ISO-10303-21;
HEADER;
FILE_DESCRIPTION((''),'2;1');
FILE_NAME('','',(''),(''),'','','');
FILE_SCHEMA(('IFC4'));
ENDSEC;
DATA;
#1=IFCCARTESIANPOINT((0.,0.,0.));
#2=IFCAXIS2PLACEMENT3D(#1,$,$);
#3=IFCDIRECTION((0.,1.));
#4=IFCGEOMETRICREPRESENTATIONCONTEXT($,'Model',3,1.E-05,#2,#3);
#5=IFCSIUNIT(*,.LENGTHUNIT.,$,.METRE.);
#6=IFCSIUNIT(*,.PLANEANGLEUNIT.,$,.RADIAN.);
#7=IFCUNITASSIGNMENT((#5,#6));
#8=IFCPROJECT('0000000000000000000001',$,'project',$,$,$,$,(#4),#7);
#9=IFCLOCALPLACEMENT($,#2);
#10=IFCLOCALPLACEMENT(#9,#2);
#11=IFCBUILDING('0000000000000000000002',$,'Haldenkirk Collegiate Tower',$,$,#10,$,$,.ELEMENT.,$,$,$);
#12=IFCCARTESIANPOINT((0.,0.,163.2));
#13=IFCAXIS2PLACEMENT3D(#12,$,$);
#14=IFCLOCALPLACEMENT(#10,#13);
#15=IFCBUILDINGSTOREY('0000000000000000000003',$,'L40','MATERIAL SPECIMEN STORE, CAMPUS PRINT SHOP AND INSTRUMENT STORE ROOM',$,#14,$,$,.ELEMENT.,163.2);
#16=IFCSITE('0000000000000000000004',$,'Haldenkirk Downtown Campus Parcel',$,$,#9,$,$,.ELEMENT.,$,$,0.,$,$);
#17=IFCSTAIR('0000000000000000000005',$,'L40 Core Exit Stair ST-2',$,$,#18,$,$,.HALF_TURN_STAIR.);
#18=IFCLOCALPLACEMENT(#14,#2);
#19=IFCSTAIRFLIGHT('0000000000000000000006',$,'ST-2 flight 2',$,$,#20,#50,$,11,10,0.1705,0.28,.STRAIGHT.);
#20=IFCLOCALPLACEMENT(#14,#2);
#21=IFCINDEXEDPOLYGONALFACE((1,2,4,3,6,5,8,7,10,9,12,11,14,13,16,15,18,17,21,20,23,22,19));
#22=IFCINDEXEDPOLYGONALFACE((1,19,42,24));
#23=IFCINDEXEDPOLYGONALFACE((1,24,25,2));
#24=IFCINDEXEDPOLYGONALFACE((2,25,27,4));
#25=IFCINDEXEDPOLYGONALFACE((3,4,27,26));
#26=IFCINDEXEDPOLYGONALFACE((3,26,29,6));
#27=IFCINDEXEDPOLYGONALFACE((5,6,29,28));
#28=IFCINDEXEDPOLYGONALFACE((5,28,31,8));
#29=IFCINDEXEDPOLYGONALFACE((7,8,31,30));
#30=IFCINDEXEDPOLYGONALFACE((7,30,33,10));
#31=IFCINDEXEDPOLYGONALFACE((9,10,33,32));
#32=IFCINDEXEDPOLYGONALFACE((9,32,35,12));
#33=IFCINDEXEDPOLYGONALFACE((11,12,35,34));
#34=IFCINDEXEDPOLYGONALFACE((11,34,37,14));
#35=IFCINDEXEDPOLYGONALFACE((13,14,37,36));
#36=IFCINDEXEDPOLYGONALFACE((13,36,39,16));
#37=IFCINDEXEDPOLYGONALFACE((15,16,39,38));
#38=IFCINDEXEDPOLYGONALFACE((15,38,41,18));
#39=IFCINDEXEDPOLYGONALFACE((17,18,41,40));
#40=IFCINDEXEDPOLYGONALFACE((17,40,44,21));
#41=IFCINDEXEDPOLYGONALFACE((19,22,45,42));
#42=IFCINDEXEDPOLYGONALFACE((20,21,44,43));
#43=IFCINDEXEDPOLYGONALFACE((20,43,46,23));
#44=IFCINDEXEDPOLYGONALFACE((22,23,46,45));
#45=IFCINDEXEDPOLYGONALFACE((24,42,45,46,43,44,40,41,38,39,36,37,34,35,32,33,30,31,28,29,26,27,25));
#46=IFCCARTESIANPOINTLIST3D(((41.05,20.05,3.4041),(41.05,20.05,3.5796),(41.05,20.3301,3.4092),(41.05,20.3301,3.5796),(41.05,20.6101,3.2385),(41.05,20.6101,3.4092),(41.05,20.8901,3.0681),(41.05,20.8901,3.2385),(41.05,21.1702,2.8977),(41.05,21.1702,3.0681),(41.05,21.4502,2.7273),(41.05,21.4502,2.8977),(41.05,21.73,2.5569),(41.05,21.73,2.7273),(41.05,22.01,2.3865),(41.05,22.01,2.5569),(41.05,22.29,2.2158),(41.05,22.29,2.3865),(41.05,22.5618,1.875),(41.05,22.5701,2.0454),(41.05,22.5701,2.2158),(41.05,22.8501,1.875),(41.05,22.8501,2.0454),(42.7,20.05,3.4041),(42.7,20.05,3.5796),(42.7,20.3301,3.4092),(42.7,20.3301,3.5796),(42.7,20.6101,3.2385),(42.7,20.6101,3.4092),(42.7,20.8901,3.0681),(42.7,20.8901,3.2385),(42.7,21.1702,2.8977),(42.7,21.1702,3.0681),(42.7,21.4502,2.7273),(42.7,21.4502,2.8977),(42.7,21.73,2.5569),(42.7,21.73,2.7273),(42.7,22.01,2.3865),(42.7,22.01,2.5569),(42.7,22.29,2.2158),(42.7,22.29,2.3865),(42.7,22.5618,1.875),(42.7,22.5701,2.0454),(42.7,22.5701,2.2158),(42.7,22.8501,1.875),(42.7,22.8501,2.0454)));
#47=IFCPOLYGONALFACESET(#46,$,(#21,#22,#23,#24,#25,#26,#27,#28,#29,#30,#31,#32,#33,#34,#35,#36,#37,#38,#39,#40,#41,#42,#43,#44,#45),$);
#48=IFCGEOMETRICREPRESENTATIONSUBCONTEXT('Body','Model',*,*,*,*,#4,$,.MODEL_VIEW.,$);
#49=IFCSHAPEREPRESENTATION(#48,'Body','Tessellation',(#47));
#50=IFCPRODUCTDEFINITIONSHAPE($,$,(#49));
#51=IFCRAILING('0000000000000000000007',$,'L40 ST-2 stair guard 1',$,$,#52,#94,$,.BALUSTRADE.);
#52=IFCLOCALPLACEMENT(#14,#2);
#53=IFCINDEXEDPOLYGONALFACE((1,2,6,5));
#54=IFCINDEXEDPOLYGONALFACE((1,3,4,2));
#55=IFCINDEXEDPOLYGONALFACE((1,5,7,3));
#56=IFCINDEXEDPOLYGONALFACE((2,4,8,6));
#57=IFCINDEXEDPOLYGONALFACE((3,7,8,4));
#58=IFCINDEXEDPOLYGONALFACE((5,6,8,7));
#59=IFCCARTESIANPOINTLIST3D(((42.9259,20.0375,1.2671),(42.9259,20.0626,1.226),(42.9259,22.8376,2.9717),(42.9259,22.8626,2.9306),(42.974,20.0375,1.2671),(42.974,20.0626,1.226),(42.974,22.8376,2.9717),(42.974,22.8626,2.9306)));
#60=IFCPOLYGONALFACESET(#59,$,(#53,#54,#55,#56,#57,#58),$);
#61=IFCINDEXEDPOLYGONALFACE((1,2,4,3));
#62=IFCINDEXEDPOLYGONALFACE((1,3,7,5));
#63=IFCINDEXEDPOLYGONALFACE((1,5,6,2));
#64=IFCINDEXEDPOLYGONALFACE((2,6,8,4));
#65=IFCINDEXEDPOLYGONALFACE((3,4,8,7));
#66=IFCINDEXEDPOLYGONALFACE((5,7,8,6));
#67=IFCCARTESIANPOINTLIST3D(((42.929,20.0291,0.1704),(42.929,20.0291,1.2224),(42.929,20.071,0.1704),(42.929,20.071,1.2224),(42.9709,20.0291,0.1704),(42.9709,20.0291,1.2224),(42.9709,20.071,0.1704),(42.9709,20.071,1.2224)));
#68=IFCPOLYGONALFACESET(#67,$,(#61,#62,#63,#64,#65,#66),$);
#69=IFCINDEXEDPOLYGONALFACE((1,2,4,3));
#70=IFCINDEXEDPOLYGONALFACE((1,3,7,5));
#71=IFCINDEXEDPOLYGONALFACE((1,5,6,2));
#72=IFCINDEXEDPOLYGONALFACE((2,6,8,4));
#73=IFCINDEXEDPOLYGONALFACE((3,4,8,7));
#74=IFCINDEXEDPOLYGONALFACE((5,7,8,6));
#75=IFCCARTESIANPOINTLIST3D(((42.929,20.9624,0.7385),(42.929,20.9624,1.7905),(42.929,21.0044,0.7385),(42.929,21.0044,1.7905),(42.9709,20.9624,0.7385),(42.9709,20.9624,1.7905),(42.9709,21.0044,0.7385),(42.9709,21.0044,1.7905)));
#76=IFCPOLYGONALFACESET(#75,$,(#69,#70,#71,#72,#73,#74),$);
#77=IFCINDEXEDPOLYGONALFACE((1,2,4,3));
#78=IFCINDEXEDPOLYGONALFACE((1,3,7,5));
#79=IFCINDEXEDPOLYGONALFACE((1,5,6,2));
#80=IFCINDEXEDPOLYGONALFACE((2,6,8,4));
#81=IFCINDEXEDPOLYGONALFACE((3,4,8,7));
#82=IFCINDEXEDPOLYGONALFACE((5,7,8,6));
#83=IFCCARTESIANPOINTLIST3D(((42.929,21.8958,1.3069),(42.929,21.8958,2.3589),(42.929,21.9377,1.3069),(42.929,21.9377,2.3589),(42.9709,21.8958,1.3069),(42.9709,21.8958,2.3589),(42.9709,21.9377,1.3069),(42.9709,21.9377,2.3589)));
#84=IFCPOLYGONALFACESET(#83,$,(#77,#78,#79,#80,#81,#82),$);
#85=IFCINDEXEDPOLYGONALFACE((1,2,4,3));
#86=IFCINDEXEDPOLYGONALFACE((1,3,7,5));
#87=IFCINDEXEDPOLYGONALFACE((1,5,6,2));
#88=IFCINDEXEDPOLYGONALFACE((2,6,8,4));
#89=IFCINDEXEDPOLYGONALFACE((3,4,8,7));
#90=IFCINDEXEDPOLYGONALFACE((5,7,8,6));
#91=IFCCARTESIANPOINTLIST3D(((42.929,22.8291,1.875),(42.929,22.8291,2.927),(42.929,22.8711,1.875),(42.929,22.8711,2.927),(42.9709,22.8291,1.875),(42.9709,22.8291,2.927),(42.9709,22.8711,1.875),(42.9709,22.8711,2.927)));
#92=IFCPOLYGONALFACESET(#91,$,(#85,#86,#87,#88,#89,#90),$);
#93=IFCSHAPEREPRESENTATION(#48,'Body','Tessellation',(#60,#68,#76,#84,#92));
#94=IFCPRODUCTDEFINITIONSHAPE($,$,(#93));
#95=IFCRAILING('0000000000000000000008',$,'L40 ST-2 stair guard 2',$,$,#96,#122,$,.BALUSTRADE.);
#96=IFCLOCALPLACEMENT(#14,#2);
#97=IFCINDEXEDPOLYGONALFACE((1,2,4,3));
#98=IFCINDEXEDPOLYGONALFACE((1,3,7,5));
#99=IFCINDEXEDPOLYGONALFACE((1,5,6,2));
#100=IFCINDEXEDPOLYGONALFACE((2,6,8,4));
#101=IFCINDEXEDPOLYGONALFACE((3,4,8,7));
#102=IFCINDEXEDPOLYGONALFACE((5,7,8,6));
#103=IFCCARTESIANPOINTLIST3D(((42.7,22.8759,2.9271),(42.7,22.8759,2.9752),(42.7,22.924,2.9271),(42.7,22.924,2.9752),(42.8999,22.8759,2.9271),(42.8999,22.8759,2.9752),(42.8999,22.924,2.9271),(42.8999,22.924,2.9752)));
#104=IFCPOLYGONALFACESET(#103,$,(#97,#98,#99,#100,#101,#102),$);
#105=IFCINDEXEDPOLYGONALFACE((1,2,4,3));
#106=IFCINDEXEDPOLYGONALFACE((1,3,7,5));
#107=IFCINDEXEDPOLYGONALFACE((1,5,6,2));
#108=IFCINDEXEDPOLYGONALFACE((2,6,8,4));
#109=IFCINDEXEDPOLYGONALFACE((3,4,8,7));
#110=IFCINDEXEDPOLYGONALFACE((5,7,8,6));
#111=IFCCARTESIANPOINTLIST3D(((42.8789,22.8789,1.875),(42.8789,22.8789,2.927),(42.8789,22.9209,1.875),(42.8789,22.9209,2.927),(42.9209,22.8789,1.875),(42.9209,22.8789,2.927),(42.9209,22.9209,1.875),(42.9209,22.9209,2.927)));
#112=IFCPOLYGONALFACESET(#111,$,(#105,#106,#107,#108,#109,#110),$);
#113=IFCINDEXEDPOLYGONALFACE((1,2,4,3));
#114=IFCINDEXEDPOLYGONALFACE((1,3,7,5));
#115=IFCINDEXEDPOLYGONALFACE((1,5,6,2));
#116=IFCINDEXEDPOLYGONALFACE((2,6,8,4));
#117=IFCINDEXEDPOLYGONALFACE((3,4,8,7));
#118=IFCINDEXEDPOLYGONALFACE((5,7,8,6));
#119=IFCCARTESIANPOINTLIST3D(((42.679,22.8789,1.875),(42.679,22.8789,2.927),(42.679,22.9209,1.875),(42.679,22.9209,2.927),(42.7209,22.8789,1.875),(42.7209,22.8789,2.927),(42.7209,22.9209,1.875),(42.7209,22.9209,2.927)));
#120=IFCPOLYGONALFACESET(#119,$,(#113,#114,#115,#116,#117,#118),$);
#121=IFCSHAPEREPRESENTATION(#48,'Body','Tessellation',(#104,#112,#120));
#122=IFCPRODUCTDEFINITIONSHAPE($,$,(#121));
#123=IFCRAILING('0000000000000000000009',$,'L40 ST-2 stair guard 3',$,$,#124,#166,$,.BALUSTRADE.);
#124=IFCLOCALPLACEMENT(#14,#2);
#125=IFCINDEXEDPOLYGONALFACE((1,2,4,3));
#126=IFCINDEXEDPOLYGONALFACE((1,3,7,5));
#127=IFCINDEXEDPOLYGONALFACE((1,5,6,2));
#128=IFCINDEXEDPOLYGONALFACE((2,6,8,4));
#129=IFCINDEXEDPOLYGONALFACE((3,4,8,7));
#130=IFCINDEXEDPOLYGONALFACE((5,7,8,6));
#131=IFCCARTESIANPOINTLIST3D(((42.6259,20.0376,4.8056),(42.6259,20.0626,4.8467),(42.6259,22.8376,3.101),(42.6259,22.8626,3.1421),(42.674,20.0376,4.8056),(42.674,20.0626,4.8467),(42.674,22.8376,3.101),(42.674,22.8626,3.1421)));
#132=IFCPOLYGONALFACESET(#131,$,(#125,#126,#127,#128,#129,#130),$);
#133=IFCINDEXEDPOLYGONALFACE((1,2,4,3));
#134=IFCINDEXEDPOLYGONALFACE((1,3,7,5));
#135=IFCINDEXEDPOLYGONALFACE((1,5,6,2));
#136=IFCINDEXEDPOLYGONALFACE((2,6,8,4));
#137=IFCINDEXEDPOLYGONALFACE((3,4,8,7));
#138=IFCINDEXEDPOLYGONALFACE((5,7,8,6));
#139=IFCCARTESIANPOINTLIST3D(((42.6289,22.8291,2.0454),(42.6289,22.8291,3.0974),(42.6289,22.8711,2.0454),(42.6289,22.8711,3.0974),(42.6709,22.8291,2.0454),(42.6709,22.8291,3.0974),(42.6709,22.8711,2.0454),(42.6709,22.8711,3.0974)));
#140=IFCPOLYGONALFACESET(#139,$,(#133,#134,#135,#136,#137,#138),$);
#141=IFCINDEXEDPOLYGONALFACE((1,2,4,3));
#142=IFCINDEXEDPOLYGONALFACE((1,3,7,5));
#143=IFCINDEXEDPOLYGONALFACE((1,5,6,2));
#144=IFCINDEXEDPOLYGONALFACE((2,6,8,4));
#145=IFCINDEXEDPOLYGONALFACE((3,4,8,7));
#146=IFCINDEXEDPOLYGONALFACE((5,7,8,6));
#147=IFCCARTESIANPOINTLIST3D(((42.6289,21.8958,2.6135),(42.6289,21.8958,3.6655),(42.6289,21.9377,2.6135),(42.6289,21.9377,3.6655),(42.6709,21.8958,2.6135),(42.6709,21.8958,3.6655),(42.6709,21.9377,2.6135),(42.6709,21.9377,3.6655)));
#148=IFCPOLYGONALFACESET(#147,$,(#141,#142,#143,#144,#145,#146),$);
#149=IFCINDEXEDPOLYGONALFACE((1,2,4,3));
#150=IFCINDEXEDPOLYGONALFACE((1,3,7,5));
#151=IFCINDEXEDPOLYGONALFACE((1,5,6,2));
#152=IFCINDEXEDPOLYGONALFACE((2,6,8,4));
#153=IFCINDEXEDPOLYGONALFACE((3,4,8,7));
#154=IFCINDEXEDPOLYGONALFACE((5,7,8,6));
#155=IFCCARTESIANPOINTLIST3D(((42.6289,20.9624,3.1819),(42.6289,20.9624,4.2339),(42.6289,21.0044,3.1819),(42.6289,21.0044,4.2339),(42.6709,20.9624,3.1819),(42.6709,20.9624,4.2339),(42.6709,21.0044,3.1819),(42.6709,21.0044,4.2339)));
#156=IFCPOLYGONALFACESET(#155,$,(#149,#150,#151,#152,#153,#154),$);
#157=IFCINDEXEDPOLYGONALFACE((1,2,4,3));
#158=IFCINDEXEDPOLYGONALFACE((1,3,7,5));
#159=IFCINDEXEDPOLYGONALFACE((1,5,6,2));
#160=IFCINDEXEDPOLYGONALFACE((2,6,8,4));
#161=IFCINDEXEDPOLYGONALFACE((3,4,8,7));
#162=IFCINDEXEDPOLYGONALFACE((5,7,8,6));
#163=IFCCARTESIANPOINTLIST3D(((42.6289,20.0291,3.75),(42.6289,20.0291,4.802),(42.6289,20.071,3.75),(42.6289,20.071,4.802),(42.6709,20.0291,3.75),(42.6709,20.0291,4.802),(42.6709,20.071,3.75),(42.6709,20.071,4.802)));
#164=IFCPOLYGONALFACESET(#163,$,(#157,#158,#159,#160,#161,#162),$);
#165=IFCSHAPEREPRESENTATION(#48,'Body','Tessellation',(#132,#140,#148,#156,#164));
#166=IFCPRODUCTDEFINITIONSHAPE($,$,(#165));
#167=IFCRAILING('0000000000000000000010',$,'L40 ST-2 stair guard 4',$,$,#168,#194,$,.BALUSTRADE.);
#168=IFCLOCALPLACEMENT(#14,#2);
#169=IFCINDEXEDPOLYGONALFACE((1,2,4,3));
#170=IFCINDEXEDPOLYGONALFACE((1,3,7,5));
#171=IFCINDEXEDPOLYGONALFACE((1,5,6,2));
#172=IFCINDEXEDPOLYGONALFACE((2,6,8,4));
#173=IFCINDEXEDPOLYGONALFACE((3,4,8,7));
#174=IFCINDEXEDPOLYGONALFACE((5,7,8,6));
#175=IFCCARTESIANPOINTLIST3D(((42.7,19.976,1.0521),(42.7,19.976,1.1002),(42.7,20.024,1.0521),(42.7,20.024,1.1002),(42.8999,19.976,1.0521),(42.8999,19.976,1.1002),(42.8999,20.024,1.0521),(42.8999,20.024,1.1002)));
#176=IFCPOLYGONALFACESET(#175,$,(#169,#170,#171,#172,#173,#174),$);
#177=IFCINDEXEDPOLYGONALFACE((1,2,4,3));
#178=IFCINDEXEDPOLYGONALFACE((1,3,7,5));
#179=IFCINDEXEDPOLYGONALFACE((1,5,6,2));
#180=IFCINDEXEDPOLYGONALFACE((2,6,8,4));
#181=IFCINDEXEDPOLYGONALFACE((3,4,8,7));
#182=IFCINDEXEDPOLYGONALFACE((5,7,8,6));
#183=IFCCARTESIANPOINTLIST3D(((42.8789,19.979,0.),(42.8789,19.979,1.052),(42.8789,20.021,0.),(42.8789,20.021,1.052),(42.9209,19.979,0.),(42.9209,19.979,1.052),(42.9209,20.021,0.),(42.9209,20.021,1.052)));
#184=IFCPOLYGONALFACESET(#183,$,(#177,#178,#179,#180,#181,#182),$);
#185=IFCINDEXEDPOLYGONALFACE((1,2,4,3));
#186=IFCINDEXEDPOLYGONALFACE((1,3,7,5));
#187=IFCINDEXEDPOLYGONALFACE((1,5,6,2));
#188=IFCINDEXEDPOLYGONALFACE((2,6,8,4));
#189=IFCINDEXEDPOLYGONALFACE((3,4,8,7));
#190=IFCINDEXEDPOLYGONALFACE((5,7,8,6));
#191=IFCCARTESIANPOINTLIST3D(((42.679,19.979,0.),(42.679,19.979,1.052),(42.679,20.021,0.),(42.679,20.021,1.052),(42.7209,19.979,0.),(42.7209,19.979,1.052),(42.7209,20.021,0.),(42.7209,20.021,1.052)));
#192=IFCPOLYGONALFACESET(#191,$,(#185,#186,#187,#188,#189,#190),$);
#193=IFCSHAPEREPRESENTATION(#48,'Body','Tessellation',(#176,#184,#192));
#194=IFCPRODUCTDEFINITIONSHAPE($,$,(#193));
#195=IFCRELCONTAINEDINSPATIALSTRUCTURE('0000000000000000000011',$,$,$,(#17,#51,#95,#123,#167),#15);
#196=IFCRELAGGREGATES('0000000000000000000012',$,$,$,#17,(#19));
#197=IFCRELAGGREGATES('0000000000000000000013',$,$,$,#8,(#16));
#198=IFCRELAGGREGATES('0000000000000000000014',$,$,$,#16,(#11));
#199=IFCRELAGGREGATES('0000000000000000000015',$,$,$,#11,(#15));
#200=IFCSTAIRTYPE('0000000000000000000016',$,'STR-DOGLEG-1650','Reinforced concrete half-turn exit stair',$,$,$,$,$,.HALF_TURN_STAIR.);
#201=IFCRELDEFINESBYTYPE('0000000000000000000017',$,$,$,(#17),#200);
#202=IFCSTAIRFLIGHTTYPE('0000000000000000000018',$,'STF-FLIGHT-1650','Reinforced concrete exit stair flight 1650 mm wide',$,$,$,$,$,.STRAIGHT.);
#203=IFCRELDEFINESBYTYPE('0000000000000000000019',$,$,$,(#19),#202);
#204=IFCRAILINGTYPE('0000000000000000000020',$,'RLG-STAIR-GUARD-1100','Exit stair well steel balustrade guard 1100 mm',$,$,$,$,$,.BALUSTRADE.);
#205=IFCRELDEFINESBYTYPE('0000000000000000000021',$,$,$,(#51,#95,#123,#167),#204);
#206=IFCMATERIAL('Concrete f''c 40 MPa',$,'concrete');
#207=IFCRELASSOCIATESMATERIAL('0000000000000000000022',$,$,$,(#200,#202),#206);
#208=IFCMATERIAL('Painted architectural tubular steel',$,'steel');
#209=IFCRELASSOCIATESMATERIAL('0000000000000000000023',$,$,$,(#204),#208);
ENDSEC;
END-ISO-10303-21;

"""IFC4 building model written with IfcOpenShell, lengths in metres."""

from ifc_helpers import new_model, si_unit, direction, frame, origin, origin_2d, place, context, subcontext, project, spatial, polyline, rectangle, outline, extrude, material, type_object, element, aggregate, save


model = new_model("IFC4")

# Units and contexts
model_context = context("Model", 3, precision=1e-05, world=origin(), true_north=direction((0.0, 1.0)))
body_context = subcontext(model_context, "Body", "Model", "MODEL_VIEW")
ifc_project = project(units=[si_unit("LENGTHUNIT", "METRE"), si_unit("PLANEANGLEUNIT", "RADIAN")], contexts=[model_context])

# Site, building, storey
site_placement = place(None, origin())
site = spatial("IfcSite", under=ifc_project, at=site_placement, Name="Haldenkirk Downtown Campus Parcel", CompositionType="ELEMENT", RefElevation=0.0)
building_placement = place(site_placement, origin())
building = spatial("IfcBuilding", under=site, at=building_placement, Name="Haldenkirk Collegiate Tower", CompositionType="ELEMENT")
storey_placement = place(building_placement, frame((0.0, 0.0, 163.2)))
storey = spatial("IfcBuildingStorey", under=building, at=storey_placement, Name="L40", Description="MATERIAL SPECIMEN STORE, CAMPUS PRINT SHOP AND INSTRUMENT STORE ROOM", CompositionType="ELEMENT", Elevation=163.2)

# Stair, stair flight
ifc_material_1 = material(Name="Concrete f'c 40 MPa", Category="concrete")
stair_type = type_object("IfcStairType", Name="STR-DOGLEG-1650", Description="Reinforced concrete half-turn exit stair", PredefinedType="HALF_TURN_STAIR", material=ifc_material_1)
stair_placement = place(storey_placement, origin())
stair = element("IfcStair", 1, at=stair_placement, inside=storey, type_object=stair_type, Name="L40 Core Exit Stair ST-2", PredefinedType="HALF_TURN_STAIR")
stair_flight_type = type_object("IfcStairFlightType", Name="STF-FLIGHT-1650", Description="Reinforced concrete exit stair flight 1650 mm wide", PredefinedType="STRAIGHT", material=ifc_material_1)
stair_flight_1_placement = place(storey_placement, frame((41.875, 22.8501, 1.875), z_axis=(0.0, 0.0, 1.0), x_axis=(0.0, -1.0, 0.0)))
stair_flight_1 = element("IfcStairFlight", 2, at=stair_flight_1_placement, type_object=stair_flight_type, Name="ST-2 flight 2", NumberOfRisers=11, NumberOfTreads=10, PredefinedType="STRAIGHT", RiserHeight=0.1705, TreadLength=0.28, context=body_context, shape_type="SweptSolid", body=[
    extrude(outline(polyline([(0.0, 0.0), (0.0, 0.1704), (0.28, 0.1704), (0.28, 0.3408), (0.5601, 0.3408), (0.5601, 0.5115), (0.8401, 0.5115), (0.8401, 0.6819), (1.1201, 0.6819), (1.1201, 0.8523), (1.3999, 0.8523), (1.3999, 1.0227), (1.6799, 1.0227), (1.6799, 1.1931), (1.96, 1.1931), (1.96, 1.3635), (2.24, 1.3635), (2.24, 1.5342), (2.52, 1.5342), (2.52, 1.7046), (2.8, 1.7046), (2.8, 1.875), (2.8, 1.5291), (0.2883, 0.0), (0.0, 0.0)])), frame((0.0, 0.825, 0.0), z_axis=(0.0, -1.0, 0.0), x_axis=(1.0, 0.0, 0.0)), (0.0, 0.0, 1.0), 1.6499),
])
aggregate(stair, [stair_flight_1])

# Railings
ifc_material_2 = material(Name="Painted architectural tubular steel", Category="steel")
railing_type_1 = type_object("IfcRailingType", Name="RLG-STAIR-GUARD-1100", Description="Exit stair well steel balustrade guard 1100 mm", PredefinedType="BALUSTRADE", material=ifc_material_2)
railing_1_placement = place(storey_placement, frame((42.95, 20.05, 0.1704)))
element("IfcRailing", 3, at=railing_1_placement, inside=storey, type_object=railing_type_1, Name="L40 ST-2 stair guard 1", PredefinedType="BALUSTRADE", context=body_context, shape_type="SweptSolid", body=[
    extrude(rectangle(XDim=0.0481, YDim=0.0481, at=origin_2d()), frame((0.0, 0.0, 1.0762), z_axis=(0.0, 0.85417, 0.519994), x_axis=(-1.0, 0.0, 0.0)), (0.0, 0.0, 1.0), 3.2781),
    extrude(rectangle(XDim=0.042, YDim=0.042, at=origin_2d()), origin(), (0.0, 0.0, 1.0), 1.052),
    extrude(rectangle(XDim=0.042, YDim=0.042, at=origin_2d()), frame((0.0, 0.9333, 0.5681)), (0.0, 0.0, 1.0), 1.052),
    extrude(rectangle(XDim=0.042, YDim=0.042, at=origin_2d()), frame((0.0, 1.8667, 1.1365)), (0.0, 0.0, 1.0), 1.052),
    extrude(rectangle(XDim=0.042, YDim=0.042, at=origin_2d()), frame((0.0, 2.8, 1.7046)), (0.0, 0.0, 1.0), 1.052),
])
railing_2_placement = place(storey_placement, frame((42.8999, 22.8999, 1.875)))
element("IfcRailing", 4, at=railing_2_placement, inside=storey, type_object=railing_type_1, Name="L40 ST-2 stair guard 2", PredefinedType="BALUSTRADE", context=body_context, shape_type="SweptSolid", body=[
    extrude(rectangle(XDim=0.0481, YDim=0.0481, at=origin_2d()), frame((0.0, 0.0, 1.0762), z_axis=(-1.0, 0.0, 0.0), x_axis=(0.0, -1.0, 0.0)), (0.0, 0.0, 1.0), 0.2),
    extrude(rectangle(XDim=0.042, YDim=0.042, at=origin_2d()), origin(), (0.0, 0.0, 1.0), 1.052),
    extrude(rectangle(XDim=0.042, YDim=0.042, at=origin_2d()), frame((-0.2, 0.0, 0.0)), (0.0, 0.0, 1.0), 1.052),
])
railing_3_placement = place(storey_placement, frame((42.6499, 22.8501, 2.0454)))
element("IfcRailing", 5, at=railing_3_placement, inside=storey, type_object=railing_type_1, Name="L40 ST-2 stair guard 3", PredefinedType="BALUSTRADE", context=body_context, shape_type="SweptSolid", body=[
    extrude(rectangle(XDim=0.0481, YDim=0.0481, at=origin_2d()), frame((0.0, 0.0, 1.0762), z_axis=(0.0, -0.85417, 0.519994), x_axis=(1.0, 0.0, 0.0)), (0.0, 0.0, 1.0), 3.2781),
    extrude(rectangle(XDim=0.042, YDim=0.042, at=origin_2d()), origin(), (0.0, 0.0, 1.0), 1.052),
    extrude(rectangle(XDim=0.042, YDim=0.042, at=origin_2d()), frame((0.0, -0.9333, 0.5681)), (0.0, 0.0, 1.0), 1.052),
    extrude(rectangle(XDim=0.042, YDim=0.042, at=origin_2d()), frame((0.0, -1.8667, 1.1365)), (0.0, 0.0, 1.0), 1.052),
    extrude(rectangle(XDim=0.042, YDim=0.042, at=origin_2d()), frame((0.0, -2.8, 1.7046)), (0.0, 0.0, 1.0), 1.052),
])
railing_4_placement = place(storey_placement, frame((42.8999, 20.0, 0.0)))
element("IfcRailing", 6, at=railing_4_placement, inside=storey, type_object=railing_type_1, Name="L40 ST-2 stair guard 4", PredefinedType="BALUSTRADE", context=body_context, shape_type="SweptSolid", body=[
    extrude(rectangle(XDim=0.0481, YDim=0.0481, at=origin_2d()), frame((0.0, 0.0, 1.0762), z_axis=(-1.0, 0.0, 0.0), x_axis=(0.0, -1.0, 0.0)), (0.0, 0.0, 1.0), 0.2),
    extrude(rectangle(XDim=0.042, YDim=0.042, at=origin_2d()), origin(), (0.0, 0.0, 1.0), 1.052),
    extrude(rectangle(XDim=0.042, YDim=0.042, at=origin_2d()), frame((-0.2, 0.0, 0.0)), (0.0, 0.0, 1.0), 1.052),
])

save(model, "model.ifc")
